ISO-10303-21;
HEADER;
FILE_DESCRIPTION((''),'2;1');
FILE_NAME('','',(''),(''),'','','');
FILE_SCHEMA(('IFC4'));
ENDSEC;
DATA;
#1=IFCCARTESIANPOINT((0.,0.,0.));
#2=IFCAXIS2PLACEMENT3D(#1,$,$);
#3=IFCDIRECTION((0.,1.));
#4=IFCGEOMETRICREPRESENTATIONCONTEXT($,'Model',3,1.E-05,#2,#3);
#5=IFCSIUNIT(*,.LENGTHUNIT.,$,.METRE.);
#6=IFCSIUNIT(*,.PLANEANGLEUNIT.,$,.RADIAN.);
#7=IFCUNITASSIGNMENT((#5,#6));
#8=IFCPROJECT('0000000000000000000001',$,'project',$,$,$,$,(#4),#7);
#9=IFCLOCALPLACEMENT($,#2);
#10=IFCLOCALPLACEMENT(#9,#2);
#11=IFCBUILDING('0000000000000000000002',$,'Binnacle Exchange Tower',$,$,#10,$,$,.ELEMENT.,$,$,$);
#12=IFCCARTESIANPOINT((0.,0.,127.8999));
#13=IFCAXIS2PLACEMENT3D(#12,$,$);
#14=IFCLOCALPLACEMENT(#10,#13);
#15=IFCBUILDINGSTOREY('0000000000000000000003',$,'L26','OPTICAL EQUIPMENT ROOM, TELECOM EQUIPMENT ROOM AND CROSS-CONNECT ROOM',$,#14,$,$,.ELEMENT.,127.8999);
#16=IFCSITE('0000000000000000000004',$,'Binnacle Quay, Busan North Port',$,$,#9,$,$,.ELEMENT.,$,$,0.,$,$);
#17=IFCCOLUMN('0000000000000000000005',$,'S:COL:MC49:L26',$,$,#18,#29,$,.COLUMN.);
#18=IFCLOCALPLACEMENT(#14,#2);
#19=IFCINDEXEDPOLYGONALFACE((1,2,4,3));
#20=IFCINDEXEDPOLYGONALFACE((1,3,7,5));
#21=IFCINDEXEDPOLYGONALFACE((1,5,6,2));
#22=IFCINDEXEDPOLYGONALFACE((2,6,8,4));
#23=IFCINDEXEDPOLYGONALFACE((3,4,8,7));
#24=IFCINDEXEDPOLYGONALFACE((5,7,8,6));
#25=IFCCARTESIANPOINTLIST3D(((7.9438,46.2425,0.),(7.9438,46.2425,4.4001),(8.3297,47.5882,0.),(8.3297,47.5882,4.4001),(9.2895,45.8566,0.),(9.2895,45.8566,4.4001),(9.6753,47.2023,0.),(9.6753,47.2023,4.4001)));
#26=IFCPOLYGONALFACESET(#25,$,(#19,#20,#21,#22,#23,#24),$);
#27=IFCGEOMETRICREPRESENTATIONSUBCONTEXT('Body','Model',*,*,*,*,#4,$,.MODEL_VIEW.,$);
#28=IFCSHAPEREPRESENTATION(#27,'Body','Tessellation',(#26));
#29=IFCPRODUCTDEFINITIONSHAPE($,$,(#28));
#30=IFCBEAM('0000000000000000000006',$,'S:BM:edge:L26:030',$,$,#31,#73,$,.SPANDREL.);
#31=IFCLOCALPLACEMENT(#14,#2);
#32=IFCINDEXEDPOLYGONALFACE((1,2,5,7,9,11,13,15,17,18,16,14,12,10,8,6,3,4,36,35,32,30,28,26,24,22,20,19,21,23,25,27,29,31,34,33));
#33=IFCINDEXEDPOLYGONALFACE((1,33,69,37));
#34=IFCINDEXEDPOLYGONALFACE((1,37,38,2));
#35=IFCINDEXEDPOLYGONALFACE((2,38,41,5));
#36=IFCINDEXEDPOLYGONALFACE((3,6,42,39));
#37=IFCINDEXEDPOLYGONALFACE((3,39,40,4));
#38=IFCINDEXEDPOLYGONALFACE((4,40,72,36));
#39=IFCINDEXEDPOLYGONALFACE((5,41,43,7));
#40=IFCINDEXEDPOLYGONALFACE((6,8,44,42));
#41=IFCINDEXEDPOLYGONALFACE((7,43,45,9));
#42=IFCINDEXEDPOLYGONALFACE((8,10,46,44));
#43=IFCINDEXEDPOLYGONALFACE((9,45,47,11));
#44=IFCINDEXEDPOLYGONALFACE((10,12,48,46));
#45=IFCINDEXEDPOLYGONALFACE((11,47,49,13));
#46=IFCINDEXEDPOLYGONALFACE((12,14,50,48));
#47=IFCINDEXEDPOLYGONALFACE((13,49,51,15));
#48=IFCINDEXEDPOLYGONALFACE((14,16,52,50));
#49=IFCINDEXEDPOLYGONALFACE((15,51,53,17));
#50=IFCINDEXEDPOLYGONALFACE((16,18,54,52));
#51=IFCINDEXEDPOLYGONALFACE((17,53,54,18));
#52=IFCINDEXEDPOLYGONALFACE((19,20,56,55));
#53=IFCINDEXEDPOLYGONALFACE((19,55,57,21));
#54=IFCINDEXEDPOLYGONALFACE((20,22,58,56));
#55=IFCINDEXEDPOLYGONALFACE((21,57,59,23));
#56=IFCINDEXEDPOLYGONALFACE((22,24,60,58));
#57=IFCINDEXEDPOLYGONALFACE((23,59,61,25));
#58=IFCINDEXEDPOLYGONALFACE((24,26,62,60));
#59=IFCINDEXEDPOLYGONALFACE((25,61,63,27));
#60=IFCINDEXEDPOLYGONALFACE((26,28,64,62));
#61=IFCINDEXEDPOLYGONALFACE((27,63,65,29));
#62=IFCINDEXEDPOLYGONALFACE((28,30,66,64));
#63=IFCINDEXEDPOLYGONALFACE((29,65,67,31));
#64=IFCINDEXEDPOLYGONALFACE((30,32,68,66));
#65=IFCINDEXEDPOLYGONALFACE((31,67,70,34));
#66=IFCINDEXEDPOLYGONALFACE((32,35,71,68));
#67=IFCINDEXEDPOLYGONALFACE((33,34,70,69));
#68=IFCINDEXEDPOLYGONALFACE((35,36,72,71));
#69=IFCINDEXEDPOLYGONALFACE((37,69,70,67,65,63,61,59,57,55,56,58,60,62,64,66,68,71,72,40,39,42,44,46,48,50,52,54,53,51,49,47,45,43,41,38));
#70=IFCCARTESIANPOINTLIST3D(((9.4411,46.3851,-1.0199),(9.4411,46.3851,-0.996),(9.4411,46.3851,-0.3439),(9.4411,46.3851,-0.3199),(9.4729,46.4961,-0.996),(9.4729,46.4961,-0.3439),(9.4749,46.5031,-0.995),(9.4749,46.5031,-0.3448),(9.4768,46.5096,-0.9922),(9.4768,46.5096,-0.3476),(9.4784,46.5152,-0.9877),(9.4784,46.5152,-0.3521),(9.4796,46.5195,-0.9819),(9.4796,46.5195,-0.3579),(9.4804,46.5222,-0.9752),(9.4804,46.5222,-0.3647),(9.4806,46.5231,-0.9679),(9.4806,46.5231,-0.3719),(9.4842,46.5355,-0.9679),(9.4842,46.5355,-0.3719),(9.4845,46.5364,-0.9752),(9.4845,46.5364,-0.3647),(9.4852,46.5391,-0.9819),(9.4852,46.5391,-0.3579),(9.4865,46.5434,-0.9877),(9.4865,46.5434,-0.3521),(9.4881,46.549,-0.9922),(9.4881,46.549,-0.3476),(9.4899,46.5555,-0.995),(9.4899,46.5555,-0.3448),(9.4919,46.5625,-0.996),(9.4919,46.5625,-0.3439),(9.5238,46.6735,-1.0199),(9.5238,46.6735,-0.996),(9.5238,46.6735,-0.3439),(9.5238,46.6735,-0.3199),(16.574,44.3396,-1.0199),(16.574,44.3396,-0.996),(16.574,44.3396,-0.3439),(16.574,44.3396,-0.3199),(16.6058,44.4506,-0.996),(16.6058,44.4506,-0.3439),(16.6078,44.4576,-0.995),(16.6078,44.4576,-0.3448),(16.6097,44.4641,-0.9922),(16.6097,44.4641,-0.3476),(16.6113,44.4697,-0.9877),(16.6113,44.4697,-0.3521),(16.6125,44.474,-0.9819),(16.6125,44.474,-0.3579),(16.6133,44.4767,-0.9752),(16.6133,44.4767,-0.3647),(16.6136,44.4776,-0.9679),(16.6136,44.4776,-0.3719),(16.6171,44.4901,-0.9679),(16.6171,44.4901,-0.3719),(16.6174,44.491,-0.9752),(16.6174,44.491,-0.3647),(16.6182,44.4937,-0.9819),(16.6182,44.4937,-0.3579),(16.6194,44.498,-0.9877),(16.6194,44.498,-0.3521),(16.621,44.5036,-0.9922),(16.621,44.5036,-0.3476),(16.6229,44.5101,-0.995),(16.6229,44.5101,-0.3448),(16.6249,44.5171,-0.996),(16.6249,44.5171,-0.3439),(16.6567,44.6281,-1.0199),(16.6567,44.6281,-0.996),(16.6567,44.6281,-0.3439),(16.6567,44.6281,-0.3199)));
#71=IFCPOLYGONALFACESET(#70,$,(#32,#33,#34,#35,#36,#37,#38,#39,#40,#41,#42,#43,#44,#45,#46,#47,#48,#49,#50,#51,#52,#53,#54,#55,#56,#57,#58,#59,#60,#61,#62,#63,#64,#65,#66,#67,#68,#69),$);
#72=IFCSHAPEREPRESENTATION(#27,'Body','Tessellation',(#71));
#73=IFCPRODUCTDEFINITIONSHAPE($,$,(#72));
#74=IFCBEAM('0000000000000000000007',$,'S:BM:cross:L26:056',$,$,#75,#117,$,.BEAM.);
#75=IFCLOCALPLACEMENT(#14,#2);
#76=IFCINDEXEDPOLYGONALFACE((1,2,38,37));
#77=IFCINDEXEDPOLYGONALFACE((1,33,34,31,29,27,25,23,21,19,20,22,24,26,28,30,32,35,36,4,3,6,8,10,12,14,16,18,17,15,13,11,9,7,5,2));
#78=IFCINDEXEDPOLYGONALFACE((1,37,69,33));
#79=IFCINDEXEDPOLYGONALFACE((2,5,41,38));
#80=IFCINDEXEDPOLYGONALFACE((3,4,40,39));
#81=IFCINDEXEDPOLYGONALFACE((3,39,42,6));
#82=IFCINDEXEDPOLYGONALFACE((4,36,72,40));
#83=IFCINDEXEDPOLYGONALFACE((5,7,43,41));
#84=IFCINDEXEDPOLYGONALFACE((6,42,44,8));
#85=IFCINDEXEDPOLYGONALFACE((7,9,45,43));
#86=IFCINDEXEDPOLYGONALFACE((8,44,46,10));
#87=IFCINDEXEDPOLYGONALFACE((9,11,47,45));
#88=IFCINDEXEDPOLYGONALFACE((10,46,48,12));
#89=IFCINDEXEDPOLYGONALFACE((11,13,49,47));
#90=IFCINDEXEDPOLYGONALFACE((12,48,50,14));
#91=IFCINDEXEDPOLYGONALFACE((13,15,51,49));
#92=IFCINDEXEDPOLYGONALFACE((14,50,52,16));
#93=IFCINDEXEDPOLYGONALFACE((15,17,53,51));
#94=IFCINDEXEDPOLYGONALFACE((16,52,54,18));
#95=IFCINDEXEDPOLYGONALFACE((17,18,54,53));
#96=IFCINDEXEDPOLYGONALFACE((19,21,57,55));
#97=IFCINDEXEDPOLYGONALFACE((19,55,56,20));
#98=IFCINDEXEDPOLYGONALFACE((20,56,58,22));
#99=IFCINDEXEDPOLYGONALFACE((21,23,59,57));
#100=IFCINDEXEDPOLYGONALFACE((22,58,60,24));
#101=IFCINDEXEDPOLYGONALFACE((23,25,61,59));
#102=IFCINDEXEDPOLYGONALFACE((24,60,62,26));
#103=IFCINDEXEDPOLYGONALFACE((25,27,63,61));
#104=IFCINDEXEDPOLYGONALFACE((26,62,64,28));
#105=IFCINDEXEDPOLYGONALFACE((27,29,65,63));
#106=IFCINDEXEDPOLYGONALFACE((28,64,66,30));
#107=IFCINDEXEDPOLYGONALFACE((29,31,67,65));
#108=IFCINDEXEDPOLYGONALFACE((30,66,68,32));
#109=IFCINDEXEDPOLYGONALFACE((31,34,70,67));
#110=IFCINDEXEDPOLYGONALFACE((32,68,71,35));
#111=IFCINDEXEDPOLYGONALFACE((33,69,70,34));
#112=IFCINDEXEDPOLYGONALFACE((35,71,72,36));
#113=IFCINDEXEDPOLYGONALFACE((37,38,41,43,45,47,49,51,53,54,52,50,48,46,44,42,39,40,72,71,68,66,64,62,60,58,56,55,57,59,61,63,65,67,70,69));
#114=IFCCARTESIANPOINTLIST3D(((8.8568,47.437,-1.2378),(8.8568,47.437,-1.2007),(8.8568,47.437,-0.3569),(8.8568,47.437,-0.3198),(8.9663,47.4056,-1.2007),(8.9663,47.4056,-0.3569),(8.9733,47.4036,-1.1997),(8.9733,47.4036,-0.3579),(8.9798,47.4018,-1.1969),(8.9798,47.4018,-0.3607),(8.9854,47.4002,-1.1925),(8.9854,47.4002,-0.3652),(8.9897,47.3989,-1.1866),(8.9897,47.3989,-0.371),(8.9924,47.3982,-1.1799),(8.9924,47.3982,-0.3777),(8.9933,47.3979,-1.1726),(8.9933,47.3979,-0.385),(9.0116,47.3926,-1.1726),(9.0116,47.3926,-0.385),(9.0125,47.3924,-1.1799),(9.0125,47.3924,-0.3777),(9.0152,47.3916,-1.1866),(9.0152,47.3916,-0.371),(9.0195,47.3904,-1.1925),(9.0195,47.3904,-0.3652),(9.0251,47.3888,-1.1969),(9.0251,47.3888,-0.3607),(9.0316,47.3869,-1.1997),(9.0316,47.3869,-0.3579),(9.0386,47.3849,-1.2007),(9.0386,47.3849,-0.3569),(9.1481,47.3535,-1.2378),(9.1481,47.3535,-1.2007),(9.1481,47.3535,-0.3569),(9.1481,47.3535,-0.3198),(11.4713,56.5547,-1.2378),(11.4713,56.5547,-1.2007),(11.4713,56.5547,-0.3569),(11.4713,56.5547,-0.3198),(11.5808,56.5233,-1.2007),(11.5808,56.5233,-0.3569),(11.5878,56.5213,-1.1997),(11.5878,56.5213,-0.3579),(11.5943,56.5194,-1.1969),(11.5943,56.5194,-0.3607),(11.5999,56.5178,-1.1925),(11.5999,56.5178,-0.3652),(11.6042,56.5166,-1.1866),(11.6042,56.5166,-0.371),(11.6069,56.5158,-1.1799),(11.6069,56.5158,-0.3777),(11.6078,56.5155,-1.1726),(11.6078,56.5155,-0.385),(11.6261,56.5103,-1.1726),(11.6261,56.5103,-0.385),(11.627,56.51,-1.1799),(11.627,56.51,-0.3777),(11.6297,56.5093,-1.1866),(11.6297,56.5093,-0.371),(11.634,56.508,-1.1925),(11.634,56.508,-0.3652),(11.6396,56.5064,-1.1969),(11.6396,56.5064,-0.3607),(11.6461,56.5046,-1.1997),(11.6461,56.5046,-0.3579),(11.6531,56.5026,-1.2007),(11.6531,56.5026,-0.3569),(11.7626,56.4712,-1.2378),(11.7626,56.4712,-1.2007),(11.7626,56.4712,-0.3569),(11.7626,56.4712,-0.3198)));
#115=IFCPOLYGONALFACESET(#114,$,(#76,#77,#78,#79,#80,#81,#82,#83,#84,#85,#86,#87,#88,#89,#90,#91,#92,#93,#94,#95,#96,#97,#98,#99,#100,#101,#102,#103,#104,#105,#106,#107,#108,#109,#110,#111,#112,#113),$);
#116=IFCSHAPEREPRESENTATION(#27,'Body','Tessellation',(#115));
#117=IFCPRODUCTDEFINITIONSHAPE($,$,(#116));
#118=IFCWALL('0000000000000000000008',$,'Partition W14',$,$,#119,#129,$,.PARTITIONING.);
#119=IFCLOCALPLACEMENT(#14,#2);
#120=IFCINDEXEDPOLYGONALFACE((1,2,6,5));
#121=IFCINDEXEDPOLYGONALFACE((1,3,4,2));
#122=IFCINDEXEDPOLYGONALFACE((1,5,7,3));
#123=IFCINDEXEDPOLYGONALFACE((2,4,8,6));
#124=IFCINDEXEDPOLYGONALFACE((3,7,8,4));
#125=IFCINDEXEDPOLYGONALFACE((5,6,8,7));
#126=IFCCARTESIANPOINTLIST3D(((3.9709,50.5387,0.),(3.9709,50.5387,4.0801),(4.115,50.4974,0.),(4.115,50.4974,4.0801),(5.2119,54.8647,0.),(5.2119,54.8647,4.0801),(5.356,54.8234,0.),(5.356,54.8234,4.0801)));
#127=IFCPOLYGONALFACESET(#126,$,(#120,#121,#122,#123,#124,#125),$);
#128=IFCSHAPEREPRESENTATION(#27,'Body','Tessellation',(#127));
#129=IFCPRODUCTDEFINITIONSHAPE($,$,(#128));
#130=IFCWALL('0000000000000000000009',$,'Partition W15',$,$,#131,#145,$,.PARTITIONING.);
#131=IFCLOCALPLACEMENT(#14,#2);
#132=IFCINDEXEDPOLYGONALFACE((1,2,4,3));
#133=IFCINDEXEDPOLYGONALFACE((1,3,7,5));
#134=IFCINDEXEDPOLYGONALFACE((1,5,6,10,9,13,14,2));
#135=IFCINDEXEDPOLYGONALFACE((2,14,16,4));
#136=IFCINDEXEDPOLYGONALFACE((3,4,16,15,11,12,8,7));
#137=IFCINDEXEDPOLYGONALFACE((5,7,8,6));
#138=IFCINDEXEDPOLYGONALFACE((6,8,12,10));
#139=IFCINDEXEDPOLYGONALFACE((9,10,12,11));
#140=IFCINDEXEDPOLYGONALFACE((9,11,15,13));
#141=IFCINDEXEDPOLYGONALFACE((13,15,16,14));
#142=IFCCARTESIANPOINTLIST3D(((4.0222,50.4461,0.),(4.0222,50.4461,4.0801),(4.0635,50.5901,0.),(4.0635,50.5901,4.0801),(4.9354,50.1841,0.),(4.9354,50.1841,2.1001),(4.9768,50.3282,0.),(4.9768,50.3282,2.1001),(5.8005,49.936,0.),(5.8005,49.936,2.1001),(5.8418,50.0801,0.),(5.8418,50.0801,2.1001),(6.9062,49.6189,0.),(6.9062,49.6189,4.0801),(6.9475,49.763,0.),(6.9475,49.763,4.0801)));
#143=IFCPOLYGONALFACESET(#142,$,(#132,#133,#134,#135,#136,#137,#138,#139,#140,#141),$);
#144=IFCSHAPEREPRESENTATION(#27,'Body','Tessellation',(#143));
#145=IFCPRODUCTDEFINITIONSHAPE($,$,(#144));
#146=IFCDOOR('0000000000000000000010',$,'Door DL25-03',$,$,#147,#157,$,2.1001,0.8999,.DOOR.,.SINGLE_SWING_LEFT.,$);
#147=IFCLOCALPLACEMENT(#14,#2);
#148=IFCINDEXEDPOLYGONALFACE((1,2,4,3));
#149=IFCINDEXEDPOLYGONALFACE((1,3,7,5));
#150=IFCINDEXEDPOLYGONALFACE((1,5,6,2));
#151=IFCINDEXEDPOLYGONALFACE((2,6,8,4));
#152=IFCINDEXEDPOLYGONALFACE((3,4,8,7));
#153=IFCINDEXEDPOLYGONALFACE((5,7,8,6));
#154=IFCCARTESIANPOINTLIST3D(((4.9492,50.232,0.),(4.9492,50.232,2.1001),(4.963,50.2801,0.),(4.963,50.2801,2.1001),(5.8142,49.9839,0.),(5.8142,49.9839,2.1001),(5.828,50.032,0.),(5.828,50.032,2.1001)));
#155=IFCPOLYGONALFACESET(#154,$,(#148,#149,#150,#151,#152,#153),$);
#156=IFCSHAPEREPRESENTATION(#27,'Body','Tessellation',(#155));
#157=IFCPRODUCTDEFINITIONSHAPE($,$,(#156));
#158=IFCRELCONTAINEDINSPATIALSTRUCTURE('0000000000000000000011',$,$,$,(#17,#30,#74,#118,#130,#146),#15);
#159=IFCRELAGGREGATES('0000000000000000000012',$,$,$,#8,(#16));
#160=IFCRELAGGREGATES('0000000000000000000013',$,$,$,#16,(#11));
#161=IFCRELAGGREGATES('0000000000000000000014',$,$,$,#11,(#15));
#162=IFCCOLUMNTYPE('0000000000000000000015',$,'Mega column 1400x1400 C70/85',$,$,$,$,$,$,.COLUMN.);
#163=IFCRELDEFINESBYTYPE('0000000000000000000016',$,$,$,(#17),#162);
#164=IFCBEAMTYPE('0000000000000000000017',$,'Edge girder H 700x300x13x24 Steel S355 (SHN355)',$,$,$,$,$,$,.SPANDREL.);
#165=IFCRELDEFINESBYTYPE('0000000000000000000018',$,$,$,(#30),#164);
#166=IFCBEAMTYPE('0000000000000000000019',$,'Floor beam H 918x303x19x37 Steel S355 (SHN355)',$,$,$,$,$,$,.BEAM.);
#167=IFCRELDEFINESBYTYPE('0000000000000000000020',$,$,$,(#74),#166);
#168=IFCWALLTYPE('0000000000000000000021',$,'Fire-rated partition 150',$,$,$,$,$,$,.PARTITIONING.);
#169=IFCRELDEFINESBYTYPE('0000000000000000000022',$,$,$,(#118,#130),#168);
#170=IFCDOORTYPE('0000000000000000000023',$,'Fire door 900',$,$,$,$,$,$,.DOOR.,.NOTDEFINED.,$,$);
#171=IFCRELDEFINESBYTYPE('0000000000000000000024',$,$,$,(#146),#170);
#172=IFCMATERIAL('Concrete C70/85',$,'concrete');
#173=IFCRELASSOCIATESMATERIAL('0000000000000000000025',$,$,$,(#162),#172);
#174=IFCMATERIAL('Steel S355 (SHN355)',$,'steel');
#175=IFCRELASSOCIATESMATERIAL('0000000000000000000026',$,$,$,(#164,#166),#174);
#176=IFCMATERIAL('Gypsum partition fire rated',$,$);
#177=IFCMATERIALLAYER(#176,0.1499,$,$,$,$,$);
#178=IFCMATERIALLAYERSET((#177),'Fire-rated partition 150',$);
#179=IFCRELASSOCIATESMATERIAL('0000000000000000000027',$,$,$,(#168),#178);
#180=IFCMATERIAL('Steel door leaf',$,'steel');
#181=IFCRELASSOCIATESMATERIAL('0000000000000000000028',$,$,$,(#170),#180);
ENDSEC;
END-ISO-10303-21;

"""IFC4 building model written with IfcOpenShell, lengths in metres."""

from ifc_helpers import new_model, si_unit, direction, frame, frame_2d, origin, origin_2d, place, context, subcontext, project, spatial, rectangle, i_section, extrude, material, layer, layer_set, material_profile, profile_set, type_object, element, fill, save


model = new_model("IFC4")

# Units and contexts
model_context = context("Model", 3, precision=1e-05, world=origin(), true_north=direction((0.0, 1.0)))
body_context = subcontext(model_context, "Body", "Model", "MODEL_VIEW")
ifc_project = project(units=[si_unit("LENGTHUNIT", "METRE"), si_unit("PLANEANGLEUNIT", "RADIAN")], contexts=[model_context])

# Site, building, storey
site_placement = place(None, origin())
site = spatial("IfcSite", under=ifc_project, at=site_placement, Name="Binnacle Quay, Busan North Port", CompositionType="ELEMENT", RefElevation=0.0)
building_placement = place(site_placement, origin())
building = spatial("IfcBuilding", under=site, at=building_placement, Name="Binnacle Exchange Tower", CompositionType="ELEMENT")
storey_placement = place(building_placement, frame((0.0, 0.0, 127.8999)))
storey = spatial("IfcBuildingStorey", under=building, at=storey_placement, Name="L26", Description="OPTICAL EQUIPMENT ROOM, TELECOM EQUIPMENT ROOM AND CROSS-CONNECT ROOM", CompositionType="ELEMENT", Elevation=127.8999)

# Column
ifc_material_1 = material(Name="Concrete C70/85", Category="concrete")
ifc_material_profile_1 = material_profile(ifc_material_1, rectangle(XDim=1.3999, YDim=1.3999, at=origin_2d()), Name="Mega column 1400x1400 C70/85")
ifc_profile_set_1 = profile_set([ifc_material_profile_1], Name="Concrete C70/85")
column_type = type_object("IfcColumnType", Name="Mega column 1400x1400 C70/85", PredefinedType="COLUMN", material=ifc_profile_set_1)
column_placement = place(storey_placement, frame((8.8096, 46.7224, 0.0), z_axis=(0.0, 0.0, 1.0), x_axis=(0.961262, -0.275637, 0.0)))
element("IfcColumn", 1, at=column_placement, inside=storey, type_object=column_type, Name="S:COL:MC49:L26", PredefinedType="COLUMN", context=body_context, shape_type="SweptSolid", body=[
    extrude(rectangle(XDim=1.3999, YDim=1.3999, at=origin_2d()), origin(), (0.0, 0.0, 1.0), 4.4001),
])

# Beams
ifc_material_2 = material(Name="Steel S355 (SHN355)", Category="steel")
ifc_material_profile_2 = material_profile(ifc_material_2, i_section(OverallWidth=0.3, OverallDepth=0.7, WebThickness=0.0129, FlangeThickness=0.0239, FilletRadius=0.0281, at=origin_2d()), Name="H 700x300x13x24")
ifc_profile_set_2 = profile_set([ifc_material_profile_2], Name="Steel S355 (SHN355)")
beam_type_1 = type_object("IfcBeamType", Name="Edge girder H 700x300x13x24 Steel S355 (SHN355)", PredefinedType="SPANDREL", material=ifc_profile_set_2)
beam_1_placement = place(storey_placement, frame((9.4824, 46.5293, -0.6699), z_axis=(0.961258, -0.275651, 0.0), x_axis=(0.275651, 0.961258, 0.0)))
element("IfcBeam", 2, at=beam_1_placement, inside=storey, type_object=beam_type_1, Name="S:BM:edge:L26:030", PredefinedType="SPANDREL", context=body_context, shape_type="SweptSolid", body=[
    extrude(i_section(OverallWidth=0.3, OverallDepth=0.7, WebThickness=0.0129, FlangeThickness=0.0239, FilletRadius=0.0281, at=origin_2d()), origin(), (0.0, 0.0, 1.0), 7.4204),
])
ifc_material_profile_3 = material_profile(ifc_material_2, i_section(OverallWidth=0.303, OverallDepth=0.918, WebThickness=0.019, FlangeThickness=0.0371, FilletRadius=0.0281, at=origin_2d()), Name="H 918x303x19x37")
ifc_profile_set_3 = profile_set([ifc_material_profile_3], Name="Steel S355 (SHN355)")
beam_type_2 = type_object("IfcBeamType", Name="Floor beam H 918x303x19x37 Steel S355 (SHN355)", PredefinedType="BEAM", material=ifc_profile_set_3)
beam_2_placement = place(storey_placement, frame((9.0024, 47.3953, -0.7788), z_axis=(0.275642, 0.96126, 0.0), x_axis=(-0.96126, 0.275642, 0.0)))
element("IfcBeam", 3, at=beam_2_placement, inside=storey, type_object=beam_type_2, Name="S:BM:cross:L26:056", PredefinedType="BEAM", context=body_context, shape_type="SweptSolid", body=[
    extrude(i_section(OverallWidth=0.303, OverallDepth=0.918, WebThickness=0.019, FlangeThickness=0.0371, FilletRadius=0.0281, at=origin_2d()), origin(), (0.0, 0.0, 1.0), 9.4851),
])

# Wall
ifc_material_3 = material(Name="Gypsum partition fire rated")
ifc_layer_1 = layer(ifc_material_3, 0.1499)
ifc_layer_set_1 = layer_set([ifc_layer_1], Name="Fire-rated partition 150")
wall_type_1 = type_object("IfcWallType", Name="Fire-rated partition 150", PredefinedType="PARTITIONING", material=ifc_layer_set_1)
wall_1_placement = place(storey_placement, frame((4.043, 50.5181, 0.0), z_axis=(0.0, 0.0, 1.0), x_axis=(0.275746, 0.961231, 0.0)))
element("IfcWall", 4, at=wall_1_placement, inside=storey, type_object=wall_type_1, Name="Partition W14", PredefinedType="PARTITIONING", context=body_context, shape_type="SweptSolid", body=[
    extrude(rectangle(XDim=4.5005, YDim=0.1499, at=frame_2d((2.2502, 0.0))), origin(), (0.0, 0.0, 1.0), 4.0801),
])

# Wall, opening, door
wall_2_placement = place(storey_placement, frame((4.043, 50.5181, 0.0), z_axis=(0.0, 0.0, 1.0), x_axis=(0.961247, -0.275688, 0.0)))
wall_2 = element("IfcWall", 5, at=wall_2_placement, inside=storey, type_object=wall_type_1, Name="Partition W15", PredefinedType="PARTITIONING", context=body_context, shape_type="SweptSolid", body=[
    extrude(rectangle(XDim=3.0002, YDim=0.1499, at=frame_2d((1.5, 0.0))), origin(), (0.0, 0.0, 1.0), 4.0801),
])
opening_1_placement = place(wall_2_placement, frame((0.95, 0.0, 0.0)))
opening_1 = element("IfcOpeningElement", 6, at=opening_1_placement, cuts=wall_2, PredefinedType="OPENING", context=body_context, shape_type="SweptSolid", body=[
    extrude(rectangle(XDim=0.8999, YDim=2.1001, at=frame_2d((0.45, 1.05))), frame((0.0, 0.085, 0.0), z_axis=(0.0, -1.0, 0.0), x_axis=(1.0, 0.0, 0.0)), (0.0, 0.0, 1.0), 0.1699),
])
ifc_material_4 = material(Name="Steel door leaf", Category="steel")
door_type_1 = type_object("IfcDoorType", Name="Fire door 900", OperationType="NOTDEFINED", PredefinedType="DOOR", material=ifc_material_4)
door_1_placement = place(opening_1_placement, origin())
door_1 = element("IfcDoor", 7, at=door_1_placement, inside=storey, type_object=door_type_1, Name="Door DL25-03", OperationType="SINGLE_SWING_LEFT", OverallHeight=2.1001, OverallWidth=0.8999, PredefinedType="DOOR", context=body_context, shape_type="SweptSolid", body=[
    extrude(rectangle(XDim=0.8999, YDim=2.1001, at=frame_2d((0.45, 1.05))), frame((0.0, 0.0249, 0.0), z_axis=(0.0, -1.0, 0.0), x_axis=(1.0, 0.0, 0.0)), (0.0, 0.0, 1.0), 0.05),
])
fill(opening_1, door_1)

save(model, "model.ifc")
